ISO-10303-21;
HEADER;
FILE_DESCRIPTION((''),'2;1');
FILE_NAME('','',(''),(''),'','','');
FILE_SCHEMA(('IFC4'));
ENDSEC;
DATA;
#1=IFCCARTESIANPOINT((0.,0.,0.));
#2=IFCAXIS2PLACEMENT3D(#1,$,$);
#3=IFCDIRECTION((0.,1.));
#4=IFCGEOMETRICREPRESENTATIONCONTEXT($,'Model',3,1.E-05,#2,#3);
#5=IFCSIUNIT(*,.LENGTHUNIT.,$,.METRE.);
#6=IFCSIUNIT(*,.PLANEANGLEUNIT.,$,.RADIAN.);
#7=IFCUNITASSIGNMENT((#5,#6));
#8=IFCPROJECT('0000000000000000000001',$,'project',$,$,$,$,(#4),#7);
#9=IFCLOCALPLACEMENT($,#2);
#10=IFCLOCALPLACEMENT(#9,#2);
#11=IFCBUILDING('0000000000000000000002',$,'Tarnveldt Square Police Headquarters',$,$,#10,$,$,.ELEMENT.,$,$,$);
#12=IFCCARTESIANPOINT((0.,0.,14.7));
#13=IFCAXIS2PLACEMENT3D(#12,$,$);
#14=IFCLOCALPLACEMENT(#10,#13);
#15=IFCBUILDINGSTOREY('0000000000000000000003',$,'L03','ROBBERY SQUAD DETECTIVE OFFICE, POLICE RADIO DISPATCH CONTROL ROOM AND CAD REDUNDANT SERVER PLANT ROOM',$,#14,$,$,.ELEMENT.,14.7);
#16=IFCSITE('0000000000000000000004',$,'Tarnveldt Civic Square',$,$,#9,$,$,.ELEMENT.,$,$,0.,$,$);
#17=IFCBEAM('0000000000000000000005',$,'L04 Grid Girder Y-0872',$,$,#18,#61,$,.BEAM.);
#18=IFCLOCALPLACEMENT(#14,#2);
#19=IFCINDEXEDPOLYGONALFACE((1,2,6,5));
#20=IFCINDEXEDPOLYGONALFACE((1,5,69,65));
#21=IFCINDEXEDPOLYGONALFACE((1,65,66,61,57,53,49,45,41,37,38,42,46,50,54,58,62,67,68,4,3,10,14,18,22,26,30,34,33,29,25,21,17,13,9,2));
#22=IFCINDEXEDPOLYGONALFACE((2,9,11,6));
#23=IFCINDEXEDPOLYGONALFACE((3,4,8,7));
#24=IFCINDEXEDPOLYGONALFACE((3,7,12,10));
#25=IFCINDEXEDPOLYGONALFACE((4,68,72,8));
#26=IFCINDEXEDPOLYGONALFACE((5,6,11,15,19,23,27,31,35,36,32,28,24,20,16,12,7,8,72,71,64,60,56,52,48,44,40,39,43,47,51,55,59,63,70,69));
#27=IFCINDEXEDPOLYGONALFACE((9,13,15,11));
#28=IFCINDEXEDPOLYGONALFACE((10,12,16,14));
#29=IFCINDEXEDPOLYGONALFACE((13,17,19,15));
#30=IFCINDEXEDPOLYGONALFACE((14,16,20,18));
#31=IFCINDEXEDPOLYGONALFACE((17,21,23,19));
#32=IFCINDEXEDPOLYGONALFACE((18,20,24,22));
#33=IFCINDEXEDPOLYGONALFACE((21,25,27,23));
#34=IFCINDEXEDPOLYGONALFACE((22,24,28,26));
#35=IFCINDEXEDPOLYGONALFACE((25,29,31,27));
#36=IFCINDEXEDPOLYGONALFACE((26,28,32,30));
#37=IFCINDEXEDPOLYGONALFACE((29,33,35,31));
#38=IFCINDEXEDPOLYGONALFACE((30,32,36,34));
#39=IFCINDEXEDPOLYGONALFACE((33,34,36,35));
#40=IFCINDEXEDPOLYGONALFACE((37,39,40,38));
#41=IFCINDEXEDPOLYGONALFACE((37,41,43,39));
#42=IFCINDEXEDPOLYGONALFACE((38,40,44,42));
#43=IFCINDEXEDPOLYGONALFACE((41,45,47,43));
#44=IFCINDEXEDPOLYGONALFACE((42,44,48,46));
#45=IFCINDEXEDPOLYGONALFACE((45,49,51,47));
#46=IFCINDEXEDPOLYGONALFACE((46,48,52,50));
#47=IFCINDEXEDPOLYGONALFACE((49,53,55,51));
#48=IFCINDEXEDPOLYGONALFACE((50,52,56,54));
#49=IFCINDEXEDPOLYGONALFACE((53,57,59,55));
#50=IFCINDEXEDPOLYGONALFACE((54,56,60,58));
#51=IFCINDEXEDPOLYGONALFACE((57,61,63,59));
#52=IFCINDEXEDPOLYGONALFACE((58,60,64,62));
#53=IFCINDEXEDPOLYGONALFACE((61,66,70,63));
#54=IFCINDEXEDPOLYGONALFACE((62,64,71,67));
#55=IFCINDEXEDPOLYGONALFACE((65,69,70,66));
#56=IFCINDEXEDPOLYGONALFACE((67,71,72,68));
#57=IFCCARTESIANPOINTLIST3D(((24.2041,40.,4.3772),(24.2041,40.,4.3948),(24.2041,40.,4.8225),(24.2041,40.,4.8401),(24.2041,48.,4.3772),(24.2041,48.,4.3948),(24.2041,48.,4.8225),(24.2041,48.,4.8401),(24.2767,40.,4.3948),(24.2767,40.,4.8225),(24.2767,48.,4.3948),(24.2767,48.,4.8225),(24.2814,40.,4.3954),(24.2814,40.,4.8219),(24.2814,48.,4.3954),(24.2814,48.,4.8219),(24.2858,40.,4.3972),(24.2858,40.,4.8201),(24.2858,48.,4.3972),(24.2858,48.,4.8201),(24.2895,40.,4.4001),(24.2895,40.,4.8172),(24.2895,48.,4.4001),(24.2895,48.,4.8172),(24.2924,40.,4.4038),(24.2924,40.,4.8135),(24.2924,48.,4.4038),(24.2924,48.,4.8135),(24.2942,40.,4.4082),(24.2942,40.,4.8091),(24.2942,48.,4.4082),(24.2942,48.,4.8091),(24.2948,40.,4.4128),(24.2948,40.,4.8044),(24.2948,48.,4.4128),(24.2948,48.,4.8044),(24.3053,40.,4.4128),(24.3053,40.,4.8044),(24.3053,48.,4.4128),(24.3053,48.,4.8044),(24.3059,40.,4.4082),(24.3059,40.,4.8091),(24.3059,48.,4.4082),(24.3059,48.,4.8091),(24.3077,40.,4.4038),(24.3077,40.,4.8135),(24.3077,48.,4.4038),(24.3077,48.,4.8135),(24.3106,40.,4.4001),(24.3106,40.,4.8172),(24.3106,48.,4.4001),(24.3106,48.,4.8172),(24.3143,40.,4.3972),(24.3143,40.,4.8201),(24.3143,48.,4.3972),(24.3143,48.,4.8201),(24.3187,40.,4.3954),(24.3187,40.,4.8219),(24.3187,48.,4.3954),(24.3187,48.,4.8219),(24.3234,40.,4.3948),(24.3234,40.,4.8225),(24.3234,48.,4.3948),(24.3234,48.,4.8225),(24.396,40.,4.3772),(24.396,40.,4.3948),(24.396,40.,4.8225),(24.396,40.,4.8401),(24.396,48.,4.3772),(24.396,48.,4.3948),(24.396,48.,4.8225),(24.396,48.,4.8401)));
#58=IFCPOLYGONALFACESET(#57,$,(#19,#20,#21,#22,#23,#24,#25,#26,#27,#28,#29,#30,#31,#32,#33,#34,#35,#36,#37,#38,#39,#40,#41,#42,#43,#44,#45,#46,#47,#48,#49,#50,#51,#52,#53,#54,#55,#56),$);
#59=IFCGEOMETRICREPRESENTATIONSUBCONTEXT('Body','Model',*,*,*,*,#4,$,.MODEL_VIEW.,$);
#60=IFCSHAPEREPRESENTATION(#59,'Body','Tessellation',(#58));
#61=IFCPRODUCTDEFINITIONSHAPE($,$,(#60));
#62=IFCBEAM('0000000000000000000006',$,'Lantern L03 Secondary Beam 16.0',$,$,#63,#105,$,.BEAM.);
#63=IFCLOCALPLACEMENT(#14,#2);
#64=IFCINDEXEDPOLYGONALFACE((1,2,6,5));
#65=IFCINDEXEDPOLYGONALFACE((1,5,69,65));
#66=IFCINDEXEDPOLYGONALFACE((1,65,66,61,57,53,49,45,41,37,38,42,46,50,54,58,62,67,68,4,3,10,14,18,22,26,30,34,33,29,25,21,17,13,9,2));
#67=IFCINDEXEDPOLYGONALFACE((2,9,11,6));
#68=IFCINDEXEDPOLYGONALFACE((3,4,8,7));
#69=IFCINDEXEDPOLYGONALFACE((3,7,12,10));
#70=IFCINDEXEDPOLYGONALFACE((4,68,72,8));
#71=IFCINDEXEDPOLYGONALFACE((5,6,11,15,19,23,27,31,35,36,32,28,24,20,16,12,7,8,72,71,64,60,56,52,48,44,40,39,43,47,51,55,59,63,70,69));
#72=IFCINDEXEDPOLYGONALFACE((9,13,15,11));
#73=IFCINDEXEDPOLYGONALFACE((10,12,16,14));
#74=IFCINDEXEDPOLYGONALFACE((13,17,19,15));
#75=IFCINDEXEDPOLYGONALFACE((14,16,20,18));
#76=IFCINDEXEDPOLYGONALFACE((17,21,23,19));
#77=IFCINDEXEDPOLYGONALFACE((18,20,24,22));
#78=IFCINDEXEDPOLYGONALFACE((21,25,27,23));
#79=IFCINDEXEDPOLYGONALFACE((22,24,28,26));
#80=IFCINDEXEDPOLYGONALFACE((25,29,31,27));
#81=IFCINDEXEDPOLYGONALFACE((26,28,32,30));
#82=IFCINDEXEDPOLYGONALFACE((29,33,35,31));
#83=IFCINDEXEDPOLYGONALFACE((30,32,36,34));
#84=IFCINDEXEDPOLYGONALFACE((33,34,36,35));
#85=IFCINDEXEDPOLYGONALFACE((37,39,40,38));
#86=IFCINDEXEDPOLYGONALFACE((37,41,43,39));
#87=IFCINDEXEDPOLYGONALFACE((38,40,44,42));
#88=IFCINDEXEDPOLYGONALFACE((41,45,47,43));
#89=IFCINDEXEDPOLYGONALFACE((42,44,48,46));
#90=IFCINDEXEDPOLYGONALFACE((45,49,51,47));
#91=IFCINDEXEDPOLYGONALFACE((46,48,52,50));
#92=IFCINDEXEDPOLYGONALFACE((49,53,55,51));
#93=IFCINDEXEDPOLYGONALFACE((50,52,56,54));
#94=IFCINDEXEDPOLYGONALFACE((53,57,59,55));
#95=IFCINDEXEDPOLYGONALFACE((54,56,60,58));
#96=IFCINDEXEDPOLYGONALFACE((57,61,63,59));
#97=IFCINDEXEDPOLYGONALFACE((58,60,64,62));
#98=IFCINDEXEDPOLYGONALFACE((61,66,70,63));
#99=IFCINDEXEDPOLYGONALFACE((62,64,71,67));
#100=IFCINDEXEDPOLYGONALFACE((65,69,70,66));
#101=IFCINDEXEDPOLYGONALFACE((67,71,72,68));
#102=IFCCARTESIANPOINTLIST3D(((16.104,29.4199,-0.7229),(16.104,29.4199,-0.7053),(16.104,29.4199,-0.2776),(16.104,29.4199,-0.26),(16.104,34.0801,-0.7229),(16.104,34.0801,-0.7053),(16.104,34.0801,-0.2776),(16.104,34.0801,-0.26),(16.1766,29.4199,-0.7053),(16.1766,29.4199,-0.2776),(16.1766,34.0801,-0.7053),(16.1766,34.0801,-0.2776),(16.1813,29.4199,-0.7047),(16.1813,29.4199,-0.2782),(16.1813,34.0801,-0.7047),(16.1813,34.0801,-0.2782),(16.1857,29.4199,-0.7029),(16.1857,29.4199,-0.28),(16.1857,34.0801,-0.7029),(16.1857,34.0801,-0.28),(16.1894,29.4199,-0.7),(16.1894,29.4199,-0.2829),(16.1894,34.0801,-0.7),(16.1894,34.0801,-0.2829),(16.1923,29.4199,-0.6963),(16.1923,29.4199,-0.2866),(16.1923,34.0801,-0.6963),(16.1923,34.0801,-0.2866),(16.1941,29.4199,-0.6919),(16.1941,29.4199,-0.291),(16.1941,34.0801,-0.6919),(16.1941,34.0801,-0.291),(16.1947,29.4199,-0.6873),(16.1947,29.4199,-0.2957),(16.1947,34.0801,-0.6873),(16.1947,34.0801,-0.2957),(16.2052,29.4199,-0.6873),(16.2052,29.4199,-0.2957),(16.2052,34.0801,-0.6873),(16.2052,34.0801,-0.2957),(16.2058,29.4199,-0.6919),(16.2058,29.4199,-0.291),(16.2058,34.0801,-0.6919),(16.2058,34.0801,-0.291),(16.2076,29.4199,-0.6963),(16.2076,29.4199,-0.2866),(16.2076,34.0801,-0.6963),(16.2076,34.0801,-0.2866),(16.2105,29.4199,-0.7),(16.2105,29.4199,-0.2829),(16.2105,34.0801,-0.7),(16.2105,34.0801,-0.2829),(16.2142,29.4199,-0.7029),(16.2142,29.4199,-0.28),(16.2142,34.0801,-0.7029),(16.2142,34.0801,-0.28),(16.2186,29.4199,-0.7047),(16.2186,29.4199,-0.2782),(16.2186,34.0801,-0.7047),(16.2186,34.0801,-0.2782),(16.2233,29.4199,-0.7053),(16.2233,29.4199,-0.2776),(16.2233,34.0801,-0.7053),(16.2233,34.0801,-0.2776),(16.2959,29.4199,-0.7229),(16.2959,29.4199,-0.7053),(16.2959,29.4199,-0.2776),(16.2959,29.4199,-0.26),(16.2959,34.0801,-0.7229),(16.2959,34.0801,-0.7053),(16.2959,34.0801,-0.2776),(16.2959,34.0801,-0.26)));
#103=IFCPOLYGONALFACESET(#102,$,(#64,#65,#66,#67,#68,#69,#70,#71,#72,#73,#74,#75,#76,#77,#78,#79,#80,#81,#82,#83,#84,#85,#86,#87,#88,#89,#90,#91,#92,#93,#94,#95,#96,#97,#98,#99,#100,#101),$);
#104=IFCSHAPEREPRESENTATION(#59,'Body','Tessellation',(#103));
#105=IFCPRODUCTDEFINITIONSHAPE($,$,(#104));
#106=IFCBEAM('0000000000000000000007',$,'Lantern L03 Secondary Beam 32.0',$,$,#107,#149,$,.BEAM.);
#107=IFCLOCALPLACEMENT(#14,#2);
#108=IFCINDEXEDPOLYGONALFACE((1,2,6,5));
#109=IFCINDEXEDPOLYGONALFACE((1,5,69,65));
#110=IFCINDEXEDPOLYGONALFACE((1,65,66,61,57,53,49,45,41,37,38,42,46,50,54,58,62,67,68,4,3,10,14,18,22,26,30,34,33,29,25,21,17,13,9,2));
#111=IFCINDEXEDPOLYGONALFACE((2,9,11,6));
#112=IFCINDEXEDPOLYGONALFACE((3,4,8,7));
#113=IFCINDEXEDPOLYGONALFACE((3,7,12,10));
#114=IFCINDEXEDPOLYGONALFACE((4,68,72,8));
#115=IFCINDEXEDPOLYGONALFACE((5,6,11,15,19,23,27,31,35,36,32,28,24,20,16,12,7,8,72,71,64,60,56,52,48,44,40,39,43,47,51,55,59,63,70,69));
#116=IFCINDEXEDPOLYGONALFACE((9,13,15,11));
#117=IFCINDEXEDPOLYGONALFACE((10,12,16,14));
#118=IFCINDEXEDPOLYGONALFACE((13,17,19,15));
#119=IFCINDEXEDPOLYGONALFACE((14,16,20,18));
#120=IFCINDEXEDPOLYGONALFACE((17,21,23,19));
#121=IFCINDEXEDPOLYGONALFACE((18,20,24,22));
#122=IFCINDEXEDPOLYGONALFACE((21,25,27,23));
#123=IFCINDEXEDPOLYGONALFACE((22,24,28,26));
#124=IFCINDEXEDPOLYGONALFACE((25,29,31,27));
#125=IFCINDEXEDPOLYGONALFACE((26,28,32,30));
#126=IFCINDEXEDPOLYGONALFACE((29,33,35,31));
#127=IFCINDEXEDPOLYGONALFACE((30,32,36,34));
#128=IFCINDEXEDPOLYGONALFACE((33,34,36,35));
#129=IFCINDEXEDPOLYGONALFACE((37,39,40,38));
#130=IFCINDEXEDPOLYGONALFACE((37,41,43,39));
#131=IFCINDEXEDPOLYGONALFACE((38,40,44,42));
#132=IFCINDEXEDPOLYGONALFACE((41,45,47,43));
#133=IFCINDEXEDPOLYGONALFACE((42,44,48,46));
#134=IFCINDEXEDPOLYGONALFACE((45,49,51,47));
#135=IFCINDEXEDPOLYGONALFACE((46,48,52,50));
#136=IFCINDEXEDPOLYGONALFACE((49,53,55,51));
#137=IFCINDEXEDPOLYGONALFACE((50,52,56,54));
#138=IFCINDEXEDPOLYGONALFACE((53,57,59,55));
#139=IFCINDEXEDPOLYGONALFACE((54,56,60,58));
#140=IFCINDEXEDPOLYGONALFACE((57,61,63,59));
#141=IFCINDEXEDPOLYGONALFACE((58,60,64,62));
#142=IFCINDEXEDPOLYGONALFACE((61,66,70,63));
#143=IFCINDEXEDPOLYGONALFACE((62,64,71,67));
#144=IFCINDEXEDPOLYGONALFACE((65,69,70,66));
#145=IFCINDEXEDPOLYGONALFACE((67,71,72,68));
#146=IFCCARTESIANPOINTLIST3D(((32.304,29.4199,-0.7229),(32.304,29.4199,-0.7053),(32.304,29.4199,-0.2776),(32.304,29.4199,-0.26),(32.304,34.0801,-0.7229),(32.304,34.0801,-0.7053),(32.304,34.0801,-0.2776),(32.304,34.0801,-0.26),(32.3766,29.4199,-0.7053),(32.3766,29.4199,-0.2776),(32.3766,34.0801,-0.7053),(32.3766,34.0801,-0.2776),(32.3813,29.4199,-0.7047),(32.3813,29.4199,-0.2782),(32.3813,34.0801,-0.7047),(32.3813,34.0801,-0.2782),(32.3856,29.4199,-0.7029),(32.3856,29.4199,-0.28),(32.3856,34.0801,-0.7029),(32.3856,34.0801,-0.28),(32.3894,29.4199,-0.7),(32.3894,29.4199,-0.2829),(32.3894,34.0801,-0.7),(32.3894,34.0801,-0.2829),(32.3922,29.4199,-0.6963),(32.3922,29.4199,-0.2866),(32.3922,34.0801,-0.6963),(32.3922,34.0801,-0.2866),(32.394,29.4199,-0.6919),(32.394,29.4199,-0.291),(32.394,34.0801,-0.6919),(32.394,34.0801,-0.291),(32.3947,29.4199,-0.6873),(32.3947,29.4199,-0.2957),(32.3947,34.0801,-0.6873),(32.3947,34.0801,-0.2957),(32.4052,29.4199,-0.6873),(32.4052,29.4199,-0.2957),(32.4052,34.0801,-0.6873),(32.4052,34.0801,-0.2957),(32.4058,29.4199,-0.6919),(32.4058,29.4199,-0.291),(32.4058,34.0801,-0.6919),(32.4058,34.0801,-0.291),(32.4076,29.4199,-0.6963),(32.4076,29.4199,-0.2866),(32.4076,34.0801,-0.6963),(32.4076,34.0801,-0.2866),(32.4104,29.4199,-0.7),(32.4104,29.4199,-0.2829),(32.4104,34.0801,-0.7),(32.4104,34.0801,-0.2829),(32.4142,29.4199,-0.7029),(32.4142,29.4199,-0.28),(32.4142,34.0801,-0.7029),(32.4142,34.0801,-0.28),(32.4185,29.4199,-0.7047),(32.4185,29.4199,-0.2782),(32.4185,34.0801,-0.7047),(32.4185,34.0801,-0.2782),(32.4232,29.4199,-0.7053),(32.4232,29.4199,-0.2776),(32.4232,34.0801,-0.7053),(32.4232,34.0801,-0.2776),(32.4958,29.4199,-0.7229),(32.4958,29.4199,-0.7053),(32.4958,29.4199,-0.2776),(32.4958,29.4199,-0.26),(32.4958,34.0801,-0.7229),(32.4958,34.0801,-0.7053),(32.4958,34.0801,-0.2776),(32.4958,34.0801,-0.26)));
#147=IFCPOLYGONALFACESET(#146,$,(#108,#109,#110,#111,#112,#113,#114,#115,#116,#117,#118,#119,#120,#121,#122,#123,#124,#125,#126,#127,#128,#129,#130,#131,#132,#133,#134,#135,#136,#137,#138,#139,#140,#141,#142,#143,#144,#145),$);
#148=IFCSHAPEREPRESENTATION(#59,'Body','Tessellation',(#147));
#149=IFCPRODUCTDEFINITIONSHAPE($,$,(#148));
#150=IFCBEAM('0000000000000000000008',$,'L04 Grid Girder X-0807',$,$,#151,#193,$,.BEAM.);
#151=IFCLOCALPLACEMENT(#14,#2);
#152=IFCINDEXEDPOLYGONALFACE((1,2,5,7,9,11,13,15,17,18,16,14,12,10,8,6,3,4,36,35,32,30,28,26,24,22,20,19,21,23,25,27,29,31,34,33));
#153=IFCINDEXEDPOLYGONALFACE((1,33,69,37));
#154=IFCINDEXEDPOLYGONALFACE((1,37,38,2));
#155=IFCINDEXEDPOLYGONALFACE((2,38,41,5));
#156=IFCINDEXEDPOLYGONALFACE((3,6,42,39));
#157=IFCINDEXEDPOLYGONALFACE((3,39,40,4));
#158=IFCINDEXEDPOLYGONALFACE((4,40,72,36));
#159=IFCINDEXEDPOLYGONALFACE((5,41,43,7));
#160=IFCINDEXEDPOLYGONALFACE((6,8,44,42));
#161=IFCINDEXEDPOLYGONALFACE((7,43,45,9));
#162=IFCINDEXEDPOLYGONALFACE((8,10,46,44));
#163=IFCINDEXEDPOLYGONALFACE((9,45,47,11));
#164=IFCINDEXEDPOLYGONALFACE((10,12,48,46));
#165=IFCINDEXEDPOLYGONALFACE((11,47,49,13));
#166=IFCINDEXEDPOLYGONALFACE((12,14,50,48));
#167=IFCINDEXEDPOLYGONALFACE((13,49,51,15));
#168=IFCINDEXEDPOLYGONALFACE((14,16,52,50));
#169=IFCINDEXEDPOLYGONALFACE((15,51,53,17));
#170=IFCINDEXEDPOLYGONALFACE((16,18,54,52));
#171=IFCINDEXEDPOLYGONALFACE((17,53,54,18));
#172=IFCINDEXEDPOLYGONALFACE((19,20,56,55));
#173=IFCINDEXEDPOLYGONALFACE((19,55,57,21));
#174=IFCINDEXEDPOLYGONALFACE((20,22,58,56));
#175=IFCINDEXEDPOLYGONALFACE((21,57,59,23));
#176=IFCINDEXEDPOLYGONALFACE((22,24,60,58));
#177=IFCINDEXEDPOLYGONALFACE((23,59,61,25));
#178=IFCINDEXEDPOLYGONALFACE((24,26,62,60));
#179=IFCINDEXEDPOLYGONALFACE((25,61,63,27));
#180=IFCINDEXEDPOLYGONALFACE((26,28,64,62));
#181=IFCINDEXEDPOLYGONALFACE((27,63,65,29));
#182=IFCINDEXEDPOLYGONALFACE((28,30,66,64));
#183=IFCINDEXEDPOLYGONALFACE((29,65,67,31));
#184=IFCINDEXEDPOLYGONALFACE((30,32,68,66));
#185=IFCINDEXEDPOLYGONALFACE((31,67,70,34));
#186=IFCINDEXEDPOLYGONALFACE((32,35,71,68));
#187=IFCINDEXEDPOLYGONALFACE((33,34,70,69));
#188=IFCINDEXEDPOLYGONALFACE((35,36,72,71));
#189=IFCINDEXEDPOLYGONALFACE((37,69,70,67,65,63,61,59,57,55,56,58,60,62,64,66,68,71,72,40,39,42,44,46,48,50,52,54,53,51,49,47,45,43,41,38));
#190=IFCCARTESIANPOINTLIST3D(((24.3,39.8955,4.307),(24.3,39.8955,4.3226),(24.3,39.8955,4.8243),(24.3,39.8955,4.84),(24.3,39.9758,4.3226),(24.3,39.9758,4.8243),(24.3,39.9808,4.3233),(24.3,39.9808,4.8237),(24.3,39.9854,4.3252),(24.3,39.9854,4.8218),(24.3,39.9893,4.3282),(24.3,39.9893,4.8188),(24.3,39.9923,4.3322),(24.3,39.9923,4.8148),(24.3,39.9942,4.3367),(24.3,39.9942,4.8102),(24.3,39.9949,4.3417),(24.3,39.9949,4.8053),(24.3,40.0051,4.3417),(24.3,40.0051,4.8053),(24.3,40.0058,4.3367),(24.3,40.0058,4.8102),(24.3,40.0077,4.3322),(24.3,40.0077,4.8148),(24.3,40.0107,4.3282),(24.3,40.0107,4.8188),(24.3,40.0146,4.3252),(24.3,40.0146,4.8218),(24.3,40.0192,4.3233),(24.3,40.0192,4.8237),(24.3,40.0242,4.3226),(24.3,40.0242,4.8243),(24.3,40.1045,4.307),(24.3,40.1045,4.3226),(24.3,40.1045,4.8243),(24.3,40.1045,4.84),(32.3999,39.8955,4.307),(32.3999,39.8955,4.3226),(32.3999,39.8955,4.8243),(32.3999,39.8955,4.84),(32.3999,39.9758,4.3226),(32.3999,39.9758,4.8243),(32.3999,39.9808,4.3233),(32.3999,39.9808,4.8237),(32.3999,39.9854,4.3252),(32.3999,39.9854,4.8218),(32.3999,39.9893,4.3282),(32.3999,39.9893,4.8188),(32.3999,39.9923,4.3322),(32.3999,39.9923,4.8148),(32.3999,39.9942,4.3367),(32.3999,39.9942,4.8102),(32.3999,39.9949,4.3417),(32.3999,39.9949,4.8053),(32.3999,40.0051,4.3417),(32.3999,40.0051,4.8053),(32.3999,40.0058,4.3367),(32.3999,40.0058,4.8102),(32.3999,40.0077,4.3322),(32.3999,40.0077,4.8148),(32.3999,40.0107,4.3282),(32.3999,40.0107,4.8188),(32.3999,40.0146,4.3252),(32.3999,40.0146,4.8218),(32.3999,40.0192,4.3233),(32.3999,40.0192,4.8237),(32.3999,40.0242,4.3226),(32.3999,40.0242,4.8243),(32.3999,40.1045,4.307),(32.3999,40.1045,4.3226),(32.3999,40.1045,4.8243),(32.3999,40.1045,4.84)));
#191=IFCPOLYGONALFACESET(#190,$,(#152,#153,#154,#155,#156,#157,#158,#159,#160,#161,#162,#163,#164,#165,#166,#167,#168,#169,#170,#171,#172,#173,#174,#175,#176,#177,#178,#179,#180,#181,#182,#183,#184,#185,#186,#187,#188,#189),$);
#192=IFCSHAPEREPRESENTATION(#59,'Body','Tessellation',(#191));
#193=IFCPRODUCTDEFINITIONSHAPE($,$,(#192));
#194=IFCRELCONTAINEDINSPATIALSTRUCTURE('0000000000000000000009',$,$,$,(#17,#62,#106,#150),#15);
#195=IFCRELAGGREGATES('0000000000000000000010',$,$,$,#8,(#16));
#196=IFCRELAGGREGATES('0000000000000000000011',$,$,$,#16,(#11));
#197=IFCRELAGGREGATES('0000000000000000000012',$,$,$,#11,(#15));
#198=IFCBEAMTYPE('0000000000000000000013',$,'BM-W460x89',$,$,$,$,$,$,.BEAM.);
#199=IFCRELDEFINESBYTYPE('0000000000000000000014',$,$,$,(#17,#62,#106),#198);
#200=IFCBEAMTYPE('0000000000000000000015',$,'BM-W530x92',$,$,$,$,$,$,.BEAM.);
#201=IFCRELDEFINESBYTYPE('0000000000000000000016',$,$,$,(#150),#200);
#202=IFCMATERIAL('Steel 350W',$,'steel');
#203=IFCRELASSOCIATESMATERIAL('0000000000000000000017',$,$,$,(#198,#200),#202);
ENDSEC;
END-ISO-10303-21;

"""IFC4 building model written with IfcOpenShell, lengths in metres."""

from ifc_helpers import new_model, si_unit, direction, frame, origin, origin_2d, place, context, subcontext, project, spatial, i_section, extrude, material, material_profile, profile_set, type_object, element, save


model = new_model("IFC4")

# Units and contexts
model_context = context("Model", 3, precision=1e-05, world=origin(), true_north=direction((0.0, 1.0)))
body_context = subcontext(model_context, "Body", "Model", "MODEL_VIEW")
ifc_project = project(units=[si_unit("LENGTHUNIT", "METRE"), si_unit("PLANEANGLEUNIT", "RADIAN")], contexts=[model_context])

# Site, building, storey
site_placement = place(None, origin())
site = spatial("IfcSite", under=ifc_project, at=site_placement, Name="Tarnveldt Civic Square", CompositionType="ELEMENT", RefElevation=0.0)
building_placement = place(site_placement, origin())
building = spatial("IfcBuilding", under=site, at=building_placement, Name="Tarnveldt Square Police Headquarters", CompositionType="ELEMENT")
storey_placement = place(building_placement, frame((0.0, 0.0, 14.7)))
storey = spatial("IfcBuildingStorey", under=building, at=storey_placement, Name="L03", Description="ROBBERY SQUAD DETECTIVE OFFICE, POLICE RADIO DISPATCH CONTROL ROOM AND CAD REDUNDANT SERVER PLANT ROOM", CompositionType="ELEMENT", Elevation=14.7)

# Shared definitions
ifc_material_1 = material(Name="Steel 350W", Category="steel")

# Beams
ifc_material_profile_1 = material_profile(ifc_material_1, i_section(OverallWidth=0.1919, OverallDepth=0.4629, WebThickness=0.0105, FlangeThickness=0.0176, FilletRadius=0.0181, at=origin_2d()), Name="W460x89")
ifc_profile_set_1 = profile_set([ifc_material_profile_1], Name="Steel 350W")
beam_type_1 = type_object("IfcBeamType", Name="BM-W460x89", PredefinedType="BEAM", material=ifc_profile_set_1)
for number, where, z_axis, x_axis, name in (
    (1, (24.3, 40.0, 4.6086), (0.0, 1.0, 0.0), (-1.0, 0.0, 0.0), "L04 Grid Girder Y-0872"),
):
    element("IfcBeam", number, at=place(storey_placement, frame(where, z_axis=z_axis, x_axis=x_axis)), inside=storey, type_object=beam_type_1, Name=name, PredefinedType="BEAM", context=body_context, shape_type="SweptSolid", body=[
        extrude(i_section(OverallWidth=0.1919, OverallDepth=0.4629, WebThickness=0.0105, FlangeThickness=0.0176, FilletRadius=0.0181, at=origin_2d()), origin(), (0.0, 0.0, 1.0), 8.0),
    ])
for number, where, z_axis, x_axis, name in (
    (2, (16.2, 34.0801, -0.4915), (0.0, -1.0, 0.0), (1.0, 0.0, 0.0), "Lantern L03 Secondary Beam 16.0"),
    (3, (32.3999, 34.0801, -0.4915), (0.0, -1.0, 0.0), (1.0, 0.0, 0.0), "Lantern L03 Secondary Beam 32.0"),
):
    element("IfcBeam", number, at=place(storey_placement, frame(where, z_axis=z_axis, x_axis=x_axis)), inside=storey, type_object=beam_type_1, Name=name, PredefinedType="BEAM", context=body_context, shape_type="SweptSolid", body=[
        extrude(i_section(OverallWidth=0.1919, OverallDepth=0.4629, WebThickness=0.0105, FlangeThickness=0.0176, FilletRadius=0.0181, at=origin_2d()), origin(), (0.0, 0.0, 1.0), 4.6602),
    ])
ifc_material_profile_2 = material_profile(ifc_material_1, i_section(OverallWidth=0.209, OverallDepth=0.533, WebThickness=0.0103, FlangeThickness=0.0156, FilletRadius=0.019, at=origin_2d()), Name="W530x92")
ifc_profile_set_2 = profile_set([ifc_material_profile_2], Name="Steel 350W")
beam_type_2 = type_object("IfcBeamType", Name="BM-W530x92", PredefinedType="BEAM", material=ifc_profile_set_2)
beam_1_placement = place(storey_placement, frame((24.3, 40.0, 4.5735), z_axis=(1.0, 0.0, 0.0), x_axis=(0.0, 1.0, 0.0)))
element("IfcBeam", 4, at=beam_1_placement, inside=storey, type_object=beam_type_2, Name="L04 Grid Girder X-0807", PredefinedType="BEAM", context=body_context, shape_type="SweptSolid", body=[
    extrude(i_section(OverallWidth=0.209, OverallDepth=0.533, WebThickness=0.0103, FlangeThickness=0.0156, FilletRadius=0.019, at=origin_2d()), origin(), (0.0, 0.0, 1.0), 8.0999),
])

save(model, "model.ifc")
